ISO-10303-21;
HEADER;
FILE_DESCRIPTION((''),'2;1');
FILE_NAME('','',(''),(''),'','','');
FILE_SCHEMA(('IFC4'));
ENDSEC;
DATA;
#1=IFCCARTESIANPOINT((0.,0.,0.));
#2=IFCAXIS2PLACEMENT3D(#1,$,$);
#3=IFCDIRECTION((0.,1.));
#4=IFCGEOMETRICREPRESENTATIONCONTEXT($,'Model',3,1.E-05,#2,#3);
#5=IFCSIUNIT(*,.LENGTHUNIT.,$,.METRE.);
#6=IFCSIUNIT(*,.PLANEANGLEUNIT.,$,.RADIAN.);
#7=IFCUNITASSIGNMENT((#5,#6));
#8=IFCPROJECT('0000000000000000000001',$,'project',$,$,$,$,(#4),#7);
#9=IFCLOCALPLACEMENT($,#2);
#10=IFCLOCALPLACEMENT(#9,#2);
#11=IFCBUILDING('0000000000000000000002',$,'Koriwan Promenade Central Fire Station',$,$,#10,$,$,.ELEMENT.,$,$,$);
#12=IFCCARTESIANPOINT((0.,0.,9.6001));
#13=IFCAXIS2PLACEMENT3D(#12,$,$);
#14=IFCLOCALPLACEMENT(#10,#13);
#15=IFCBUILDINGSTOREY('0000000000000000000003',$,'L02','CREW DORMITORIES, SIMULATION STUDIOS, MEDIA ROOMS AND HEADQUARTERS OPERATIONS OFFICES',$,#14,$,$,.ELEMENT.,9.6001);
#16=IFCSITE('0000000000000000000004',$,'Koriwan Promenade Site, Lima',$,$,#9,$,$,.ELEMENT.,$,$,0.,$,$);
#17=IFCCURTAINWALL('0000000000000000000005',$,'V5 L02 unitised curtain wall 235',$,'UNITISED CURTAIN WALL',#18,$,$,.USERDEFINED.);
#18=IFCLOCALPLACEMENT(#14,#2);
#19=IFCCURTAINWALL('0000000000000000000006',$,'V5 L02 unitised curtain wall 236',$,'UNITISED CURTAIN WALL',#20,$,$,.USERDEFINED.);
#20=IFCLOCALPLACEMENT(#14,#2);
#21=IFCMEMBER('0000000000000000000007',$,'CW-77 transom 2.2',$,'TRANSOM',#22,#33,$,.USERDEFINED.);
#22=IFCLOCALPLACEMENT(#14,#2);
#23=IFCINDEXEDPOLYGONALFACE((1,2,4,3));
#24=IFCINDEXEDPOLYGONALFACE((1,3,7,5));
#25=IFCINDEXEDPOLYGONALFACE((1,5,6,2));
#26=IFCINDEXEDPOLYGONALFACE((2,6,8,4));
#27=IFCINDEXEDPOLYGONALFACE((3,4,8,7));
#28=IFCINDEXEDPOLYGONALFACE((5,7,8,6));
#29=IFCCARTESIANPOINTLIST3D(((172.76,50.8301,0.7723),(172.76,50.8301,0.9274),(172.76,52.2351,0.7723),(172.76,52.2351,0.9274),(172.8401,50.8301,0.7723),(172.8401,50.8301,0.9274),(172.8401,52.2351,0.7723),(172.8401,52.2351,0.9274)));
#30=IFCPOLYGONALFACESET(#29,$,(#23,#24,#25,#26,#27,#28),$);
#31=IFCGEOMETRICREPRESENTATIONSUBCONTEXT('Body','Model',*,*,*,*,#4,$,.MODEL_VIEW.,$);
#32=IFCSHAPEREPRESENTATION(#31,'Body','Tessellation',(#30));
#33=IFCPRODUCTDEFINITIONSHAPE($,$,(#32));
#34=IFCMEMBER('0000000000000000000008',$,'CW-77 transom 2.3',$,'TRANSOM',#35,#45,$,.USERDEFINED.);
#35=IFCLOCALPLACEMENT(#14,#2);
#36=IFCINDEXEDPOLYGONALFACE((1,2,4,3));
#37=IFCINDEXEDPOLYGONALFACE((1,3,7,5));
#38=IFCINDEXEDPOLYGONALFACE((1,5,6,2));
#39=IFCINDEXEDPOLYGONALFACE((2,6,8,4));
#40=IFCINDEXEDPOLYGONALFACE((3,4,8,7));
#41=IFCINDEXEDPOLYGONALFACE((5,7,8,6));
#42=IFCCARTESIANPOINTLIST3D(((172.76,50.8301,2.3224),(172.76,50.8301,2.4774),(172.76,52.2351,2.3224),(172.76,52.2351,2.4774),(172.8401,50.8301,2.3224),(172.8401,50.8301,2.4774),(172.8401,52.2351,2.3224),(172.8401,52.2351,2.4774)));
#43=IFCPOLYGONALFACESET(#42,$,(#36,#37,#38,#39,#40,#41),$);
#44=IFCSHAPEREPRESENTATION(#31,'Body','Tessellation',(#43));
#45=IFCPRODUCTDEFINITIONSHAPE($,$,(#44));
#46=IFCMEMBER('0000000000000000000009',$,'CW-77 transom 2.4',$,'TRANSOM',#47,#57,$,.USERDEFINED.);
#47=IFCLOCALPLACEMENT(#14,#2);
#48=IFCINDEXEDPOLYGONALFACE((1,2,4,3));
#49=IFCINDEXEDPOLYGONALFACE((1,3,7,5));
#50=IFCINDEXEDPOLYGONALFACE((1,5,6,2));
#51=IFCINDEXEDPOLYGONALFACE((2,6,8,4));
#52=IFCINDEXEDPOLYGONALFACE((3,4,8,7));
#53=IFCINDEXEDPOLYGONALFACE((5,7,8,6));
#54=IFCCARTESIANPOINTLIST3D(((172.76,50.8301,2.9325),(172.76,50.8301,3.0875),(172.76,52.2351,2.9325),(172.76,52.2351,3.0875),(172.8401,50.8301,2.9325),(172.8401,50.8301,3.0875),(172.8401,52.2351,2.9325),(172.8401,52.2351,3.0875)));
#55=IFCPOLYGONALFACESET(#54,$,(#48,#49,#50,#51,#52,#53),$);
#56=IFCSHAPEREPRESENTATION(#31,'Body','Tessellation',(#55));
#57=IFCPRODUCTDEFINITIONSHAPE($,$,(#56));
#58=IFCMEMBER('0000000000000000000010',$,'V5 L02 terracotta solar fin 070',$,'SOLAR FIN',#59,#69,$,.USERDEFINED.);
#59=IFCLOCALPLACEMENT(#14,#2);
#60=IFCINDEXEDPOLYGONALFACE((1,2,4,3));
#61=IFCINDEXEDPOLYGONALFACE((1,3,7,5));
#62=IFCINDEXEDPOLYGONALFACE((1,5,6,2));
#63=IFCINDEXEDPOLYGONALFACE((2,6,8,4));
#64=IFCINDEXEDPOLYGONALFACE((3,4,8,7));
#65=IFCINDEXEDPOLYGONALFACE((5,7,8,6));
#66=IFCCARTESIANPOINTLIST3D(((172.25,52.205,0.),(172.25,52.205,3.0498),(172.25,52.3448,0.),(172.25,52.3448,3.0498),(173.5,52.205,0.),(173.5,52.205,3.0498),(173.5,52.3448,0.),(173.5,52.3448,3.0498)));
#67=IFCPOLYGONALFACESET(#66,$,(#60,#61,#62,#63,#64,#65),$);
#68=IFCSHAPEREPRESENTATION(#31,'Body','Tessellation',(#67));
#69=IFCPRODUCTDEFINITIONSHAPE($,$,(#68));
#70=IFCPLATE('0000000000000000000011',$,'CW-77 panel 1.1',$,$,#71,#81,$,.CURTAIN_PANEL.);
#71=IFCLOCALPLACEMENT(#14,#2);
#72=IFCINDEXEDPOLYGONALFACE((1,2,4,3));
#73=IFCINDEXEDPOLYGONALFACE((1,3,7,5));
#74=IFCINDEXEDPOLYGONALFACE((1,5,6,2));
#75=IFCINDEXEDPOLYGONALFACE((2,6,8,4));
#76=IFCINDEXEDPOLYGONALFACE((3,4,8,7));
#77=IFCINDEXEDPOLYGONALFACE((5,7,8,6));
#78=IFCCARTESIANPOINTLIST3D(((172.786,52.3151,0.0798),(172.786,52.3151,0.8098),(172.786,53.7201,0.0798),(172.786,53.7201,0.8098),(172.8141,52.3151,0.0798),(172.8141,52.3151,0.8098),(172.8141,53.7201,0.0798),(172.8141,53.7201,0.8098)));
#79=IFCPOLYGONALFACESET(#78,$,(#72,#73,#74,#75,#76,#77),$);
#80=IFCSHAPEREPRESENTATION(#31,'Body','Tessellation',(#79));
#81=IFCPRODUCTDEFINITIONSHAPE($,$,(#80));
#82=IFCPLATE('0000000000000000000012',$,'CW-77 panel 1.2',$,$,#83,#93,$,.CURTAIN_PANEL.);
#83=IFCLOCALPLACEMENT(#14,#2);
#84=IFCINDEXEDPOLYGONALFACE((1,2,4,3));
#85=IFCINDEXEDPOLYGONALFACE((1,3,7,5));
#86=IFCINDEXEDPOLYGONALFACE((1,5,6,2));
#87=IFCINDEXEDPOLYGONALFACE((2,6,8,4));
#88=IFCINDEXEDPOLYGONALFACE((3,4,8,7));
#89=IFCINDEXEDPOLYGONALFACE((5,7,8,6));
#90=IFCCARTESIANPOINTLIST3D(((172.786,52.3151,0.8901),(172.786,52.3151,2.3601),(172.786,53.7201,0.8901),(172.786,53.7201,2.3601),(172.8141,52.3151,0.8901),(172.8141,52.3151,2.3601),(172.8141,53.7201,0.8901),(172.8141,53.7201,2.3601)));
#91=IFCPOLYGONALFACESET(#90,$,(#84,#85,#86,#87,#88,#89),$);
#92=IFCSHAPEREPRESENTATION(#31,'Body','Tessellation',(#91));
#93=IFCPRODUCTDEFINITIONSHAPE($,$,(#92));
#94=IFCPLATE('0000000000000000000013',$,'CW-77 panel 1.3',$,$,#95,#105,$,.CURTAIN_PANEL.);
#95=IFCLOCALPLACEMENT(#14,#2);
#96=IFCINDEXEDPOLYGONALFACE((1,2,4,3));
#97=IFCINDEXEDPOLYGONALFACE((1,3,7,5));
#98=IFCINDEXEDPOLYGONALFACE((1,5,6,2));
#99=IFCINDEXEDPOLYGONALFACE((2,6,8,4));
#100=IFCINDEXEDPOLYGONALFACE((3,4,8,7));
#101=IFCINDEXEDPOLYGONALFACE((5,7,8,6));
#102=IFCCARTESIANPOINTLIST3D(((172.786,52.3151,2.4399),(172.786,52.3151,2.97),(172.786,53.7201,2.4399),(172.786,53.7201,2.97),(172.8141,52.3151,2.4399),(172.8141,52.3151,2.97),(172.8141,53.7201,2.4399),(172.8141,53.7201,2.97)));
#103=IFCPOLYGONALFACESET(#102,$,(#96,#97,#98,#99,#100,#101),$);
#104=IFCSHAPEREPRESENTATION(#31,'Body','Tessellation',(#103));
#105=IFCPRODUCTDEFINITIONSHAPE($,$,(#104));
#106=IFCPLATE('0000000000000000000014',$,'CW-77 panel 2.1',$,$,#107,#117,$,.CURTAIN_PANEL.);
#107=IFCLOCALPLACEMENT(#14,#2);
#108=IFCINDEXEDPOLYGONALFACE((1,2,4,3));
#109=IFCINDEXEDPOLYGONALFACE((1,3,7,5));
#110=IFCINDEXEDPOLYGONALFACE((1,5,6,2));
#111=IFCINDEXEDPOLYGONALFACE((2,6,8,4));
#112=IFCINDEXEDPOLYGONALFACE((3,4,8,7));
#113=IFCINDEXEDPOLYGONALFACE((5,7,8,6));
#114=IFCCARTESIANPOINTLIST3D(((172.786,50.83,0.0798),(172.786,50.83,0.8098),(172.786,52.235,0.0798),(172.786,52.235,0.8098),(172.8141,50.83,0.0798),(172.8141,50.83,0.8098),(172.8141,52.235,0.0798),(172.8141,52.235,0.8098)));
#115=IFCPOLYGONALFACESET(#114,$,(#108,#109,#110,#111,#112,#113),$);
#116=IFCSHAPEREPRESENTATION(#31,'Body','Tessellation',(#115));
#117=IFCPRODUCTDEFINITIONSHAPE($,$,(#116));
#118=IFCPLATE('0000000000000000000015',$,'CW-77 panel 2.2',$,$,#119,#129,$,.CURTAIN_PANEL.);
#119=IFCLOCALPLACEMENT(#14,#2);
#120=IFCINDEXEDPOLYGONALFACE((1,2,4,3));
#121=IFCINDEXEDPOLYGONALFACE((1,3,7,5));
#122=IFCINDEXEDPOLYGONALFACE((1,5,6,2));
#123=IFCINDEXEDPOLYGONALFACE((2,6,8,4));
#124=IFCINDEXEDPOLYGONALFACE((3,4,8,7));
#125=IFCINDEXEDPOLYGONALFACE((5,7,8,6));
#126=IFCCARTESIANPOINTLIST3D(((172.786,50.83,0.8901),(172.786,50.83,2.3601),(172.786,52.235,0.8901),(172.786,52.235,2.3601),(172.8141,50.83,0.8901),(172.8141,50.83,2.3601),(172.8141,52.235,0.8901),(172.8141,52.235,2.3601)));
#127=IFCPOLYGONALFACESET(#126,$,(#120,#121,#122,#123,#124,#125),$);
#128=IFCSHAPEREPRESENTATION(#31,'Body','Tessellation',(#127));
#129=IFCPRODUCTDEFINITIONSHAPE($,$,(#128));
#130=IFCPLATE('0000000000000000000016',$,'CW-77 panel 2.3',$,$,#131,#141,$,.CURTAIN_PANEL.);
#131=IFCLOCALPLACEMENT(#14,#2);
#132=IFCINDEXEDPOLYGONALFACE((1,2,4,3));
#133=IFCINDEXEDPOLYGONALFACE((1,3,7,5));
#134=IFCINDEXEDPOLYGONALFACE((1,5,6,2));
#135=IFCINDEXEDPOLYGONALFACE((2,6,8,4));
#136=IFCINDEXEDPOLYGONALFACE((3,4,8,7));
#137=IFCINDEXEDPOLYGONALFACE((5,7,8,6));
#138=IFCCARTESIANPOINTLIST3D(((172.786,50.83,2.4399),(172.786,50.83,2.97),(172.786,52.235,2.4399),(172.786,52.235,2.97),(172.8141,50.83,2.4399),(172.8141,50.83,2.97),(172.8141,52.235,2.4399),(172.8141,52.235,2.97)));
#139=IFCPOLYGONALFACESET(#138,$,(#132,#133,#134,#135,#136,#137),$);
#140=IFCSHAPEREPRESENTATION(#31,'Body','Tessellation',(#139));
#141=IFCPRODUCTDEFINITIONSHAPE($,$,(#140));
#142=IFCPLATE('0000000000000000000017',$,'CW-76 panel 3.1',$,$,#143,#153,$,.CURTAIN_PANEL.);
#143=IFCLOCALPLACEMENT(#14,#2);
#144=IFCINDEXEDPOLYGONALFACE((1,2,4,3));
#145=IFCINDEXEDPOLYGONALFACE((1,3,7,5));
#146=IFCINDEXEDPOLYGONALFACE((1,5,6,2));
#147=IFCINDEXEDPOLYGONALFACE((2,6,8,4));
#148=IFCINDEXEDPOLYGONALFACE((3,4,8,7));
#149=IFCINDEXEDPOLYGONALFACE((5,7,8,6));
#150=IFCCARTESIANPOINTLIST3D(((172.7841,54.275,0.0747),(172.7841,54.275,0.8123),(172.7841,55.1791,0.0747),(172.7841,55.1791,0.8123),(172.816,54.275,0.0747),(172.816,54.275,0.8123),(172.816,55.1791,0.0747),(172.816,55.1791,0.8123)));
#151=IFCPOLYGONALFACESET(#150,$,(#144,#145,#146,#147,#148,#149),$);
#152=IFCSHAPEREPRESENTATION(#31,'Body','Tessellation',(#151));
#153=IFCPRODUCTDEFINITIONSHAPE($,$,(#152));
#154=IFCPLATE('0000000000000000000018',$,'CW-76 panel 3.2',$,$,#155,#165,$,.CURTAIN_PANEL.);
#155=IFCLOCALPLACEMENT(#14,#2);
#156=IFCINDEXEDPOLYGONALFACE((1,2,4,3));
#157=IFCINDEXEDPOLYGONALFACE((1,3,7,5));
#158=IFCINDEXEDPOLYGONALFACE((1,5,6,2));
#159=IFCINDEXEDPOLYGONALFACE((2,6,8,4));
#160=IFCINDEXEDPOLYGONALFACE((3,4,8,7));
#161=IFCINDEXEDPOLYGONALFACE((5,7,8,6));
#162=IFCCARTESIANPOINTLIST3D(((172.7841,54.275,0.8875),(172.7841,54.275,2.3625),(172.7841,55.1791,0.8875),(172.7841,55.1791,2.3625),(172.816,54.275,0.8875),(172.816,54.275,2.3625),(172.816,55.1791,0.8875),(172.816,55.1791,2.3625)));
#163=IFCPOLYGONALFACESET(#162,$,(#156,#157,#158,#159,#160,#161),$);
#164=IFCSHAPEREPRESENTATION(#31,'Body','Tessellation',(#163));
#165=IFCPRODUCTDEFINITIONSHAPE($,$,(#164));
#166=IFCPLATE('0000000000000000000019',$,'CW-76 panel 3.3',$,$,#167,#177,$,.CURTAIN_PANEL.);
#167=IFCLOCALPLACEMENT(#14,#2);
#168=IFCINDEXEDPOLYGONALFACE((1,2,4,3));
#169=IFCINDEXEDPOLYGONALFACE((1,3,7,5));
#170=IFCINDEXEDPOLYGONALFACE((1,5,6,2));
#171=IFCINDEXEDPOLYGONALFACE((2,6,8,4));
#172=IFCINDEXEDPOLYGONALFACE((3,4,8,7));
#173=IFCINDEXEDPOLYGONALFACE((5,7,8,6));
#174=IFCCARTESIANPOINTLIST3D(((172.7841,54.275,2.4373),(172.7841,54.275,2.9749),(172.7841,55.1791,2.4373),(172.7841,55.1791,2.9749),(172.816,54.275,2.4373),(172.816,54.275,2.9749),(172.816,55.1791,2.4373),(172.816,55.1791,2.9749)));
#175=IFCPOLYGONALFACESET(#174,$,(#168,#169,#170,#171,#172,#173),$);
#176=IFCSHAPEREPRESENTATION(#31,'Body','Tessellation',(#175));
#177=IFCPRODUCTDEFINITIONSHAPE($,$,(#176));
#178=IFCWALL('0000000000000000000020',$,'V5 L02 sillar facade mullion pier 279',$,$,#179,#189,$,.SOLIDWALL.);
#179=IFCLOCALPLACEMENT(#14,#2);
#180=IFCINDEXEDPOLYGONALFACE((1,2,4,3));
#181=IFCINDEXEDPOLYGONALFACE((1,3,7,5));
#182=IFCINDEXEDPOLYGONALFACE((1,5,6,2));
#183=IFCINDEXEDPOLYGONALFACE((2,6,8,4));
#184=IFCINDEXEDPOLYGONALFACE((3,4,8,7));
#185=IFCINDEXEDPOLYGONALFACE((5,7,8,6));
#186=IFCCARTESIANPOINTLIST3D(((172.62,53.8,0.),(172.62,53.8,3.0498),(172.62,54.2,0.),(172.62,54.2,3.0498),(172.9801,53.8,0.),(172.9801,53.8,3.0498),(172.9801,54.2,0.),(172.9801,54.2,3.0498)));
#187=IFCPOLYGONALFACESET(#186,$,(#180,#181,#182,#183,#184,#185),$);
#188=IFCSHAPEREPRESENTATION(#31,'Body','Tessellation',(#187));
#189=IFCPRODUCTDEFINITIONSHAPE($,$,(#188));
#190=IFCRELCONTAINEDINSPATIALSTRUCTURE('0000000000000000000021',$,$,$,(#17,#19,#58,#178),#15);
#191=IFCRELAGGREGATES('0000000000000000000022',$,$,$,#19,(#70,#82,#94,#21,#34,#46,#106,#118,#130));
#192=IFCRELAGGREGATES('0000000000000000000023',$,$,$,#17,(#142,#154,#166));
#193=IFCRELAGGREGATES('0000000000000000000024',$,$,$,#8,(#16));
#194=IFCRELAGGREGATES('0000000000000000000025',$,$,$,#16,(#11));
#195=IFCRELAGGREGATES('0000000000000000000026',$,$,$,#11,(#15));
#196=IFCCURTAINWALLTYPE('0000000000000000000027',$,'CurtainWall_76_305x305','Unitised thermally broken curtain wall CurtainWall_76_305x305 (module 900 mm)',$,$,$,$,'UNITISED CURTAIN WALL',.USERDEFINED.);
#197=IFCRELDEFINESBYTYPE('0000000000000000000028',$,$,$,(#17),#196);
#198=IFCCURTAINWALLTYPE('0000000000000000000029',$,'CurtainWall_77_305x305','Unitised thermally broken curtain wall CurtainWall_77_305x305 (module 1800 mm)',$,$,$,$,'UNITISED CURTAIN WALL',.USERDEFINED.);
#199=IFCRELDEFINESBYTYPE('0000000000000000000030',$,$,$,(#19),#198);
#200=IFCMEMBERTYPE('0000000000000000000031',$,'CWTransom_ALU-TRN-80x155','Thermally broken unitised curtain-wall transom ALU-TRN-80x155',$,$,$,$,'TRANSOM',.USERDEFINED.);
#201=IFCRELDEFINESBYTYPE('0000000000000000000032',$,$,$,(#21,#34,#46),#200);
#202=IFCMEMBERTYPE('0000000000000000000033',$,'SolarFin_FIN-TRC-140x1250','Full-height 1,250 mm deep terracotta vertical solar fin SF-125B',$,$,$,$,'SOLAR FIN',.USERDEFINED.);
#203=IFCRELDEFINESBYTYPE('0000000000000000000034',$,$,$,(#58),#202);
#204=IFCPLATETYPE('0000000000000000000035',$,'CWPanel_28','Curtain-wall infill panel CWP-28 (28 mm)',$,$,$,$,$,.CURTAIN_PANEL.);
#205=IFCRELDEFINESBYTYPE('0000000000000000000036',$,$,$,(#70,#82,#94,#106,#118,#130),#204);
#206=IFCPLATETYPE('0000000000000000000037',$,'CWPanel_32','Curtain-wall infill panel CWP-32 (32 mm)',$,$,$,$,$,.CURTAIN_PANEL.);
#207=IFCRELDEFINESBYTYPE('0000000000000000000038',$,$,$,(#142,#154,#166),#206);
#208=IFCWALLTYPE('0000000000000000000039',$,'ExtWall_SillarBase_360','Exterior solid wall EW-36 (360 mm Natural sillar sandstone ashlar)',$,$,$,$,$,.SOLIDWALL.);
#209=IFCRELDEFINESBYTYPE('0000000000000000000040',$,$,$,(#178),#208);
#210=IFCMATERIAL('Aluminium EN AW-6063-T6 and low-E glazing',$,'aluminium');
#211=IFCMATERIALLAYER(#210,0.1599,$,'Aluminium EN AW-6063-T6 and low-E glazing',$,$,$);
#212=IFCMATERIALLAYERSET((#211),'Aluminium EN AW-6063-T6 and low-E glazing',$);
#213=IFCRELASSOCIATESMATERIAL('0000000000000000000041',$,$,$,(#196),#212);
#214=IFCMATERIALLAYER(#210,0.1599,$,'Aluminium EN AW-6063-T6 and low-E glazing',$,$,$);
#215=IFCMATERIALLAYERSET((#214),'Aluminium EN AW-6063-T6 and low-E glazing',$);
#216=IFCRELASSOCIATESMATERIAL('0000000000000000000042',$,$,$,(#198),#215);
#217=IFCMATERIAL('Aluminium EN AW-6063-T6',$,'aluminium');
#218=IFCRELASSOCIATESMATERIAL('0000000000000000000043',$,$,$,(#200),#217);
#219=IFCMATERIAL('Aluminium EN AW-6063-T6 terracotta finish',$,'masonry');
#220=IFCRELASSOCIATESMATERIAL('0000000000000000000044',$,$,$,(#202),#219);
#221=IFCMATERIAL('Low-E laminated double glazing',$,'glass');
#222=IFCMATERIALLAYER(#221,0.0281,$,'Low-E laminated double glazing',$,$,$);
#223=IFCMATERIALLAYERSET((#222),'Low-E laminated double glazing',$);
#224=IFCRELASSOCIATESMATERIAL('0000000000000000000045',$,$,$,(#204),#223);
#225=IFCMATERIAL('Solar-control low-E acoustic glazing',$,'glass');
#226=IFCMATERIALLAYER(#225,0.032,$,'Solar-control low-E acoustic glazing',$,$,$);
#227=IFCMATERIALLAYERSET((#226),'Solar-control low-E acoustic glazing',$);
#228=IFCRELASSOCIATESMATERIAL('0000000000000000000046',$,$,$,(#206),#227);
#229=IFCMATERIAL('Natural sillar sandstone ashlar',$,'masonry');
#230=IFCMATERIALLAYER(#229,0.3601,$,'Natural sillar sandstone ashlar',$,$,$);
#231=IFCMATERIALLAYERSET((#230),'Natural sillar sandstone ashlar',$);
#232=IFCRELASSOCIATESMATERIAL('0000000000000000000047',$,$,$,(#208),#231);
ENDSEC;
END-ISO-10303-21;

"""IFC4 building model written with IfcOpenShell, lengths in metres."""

from ifc_helpers import new_model, si_unit, direction, frame, frame_2d, origin, origin_2d, place, context, subcontext, project, spatial, rectangle, extrude, material, layer, layer_set, material_profile, profile_set, type_object, element, aggregate, save


model = new_model("IFC4")

# Units and contexts
model_context = context("Model", 3, precision=1e-05, world=origin(), true_north=direction((0.0, 1.0)))
body_context = subcontext(model_context, "Body", "Model", "MODEL_VIEW")
ifc_project = project(units=[si_unit("LENGTHUNIT", "METRE"), si_unit("PLANEANGLEUNIT", "RADIAN")], contexts=[model_context])

# Site, building, storey
site_placement = place(None, origin())
site = spatial("IfcSite", under=ifc_project, at=site_placement, Name="Koriwan Promenade Site, Lima", CompositionType="ELEMENT", RefElevation=0.0)
building_placement = place(site_placement, origin())
building = spatial("IfcBuilding", under=site, at=building_placement, Name="Koriwan Promenade Central Fire Station", CompositionType="ELEMENT")
storey_placement = place(building_placement, frame((0.0, 0.0, 9.6001)))
storey = spatial("IfcBuildingStorey", under=building, at=storey_placement, Name="L02", Description="CREW DORMITORIES, SIMULATION STUDIOS, MEDIA ROOMS AND HEADQUARTERS OPERATIONS OFFICES", CompositionType="ELEMENT", Elevation=9.6001)

# Curtain wall
ifc_material_1 = material(Name="Aluminium EN AW-6063-T6 and low-E glazing", Category="aluminium")
ifc_layer_1 = layer(ifc_material_1, 0.1599, Name="Aluminium EN AW-6063-T6 and low-E glazing")
ifc_layer_set_1 = layer_set([ifc_layer_1], Name="Aluminium EN AW-6063-T6 and low-E glazing")
curtain_wall_type_1 = type_object("IfcCurtainWallType", Name="CurtainWall_76_305x305", Description="Unitised thermally broken curtain wall CurtainWall_76_305x305 (module 900 mm)", ElementType="UNITISED CURTAIN WALL", PredefinedType="USERDEFINED", material=ifc_layer_set_1)
curtain_wall_1_placement = place(storey_placement, origin())
curtain_wall_1 = element("IfcCurtainWall", 1, at=curtain_wall_1_placement, inside=storey, type_object=curtain_wall_type_1, Name="V5 L02 unitised curtain wall 235", ObjectType="UNITISED CURTAIN WALL", PredefinedType="USERDEFINED")
ifc_material_2 = material(Name="Aluminium EN AW-6063-T6", Category="aluminium")

# Curtain wall
ifc_layer_2 = layer(ifc_material_1, 0.1599, Name="Aluminium EN AW-6063-T6 and low-E glazing")
ifc_layer_set_2 = layer_set([ifc_layer_2], Name="Aluminium EN AW-6063-T6 and low-E glazing")
curtain_wall_type_2 = type_object("IfcCurtainWallType", Name="CurtainWall_77_305x305", Description="Unitised thermally broken curtain wall CurtainWall_77_305x305 (module 1800 mm)", ElementType="UNITISED CURTAIN WALL", PredefinedType="USERDEFINED", material=ifc_layer_set_2)
curtain_wall_2_placement = place(storey_placement, origin())
curtain_wall_2 = element("IfcCurtainWall", 2, at=curtain_wall_2_placement, inside=storey, type_object=curtain_wall_type_2, Name="V5 L02 unitised curtain wall 236", ObjectType="UNITISED CURTAIN WALL", PredefinedType="USERDEFINED")

# Members
ifc_material_profile_1 = material_profile(ifc_material_2, rectangle(XDim=0.0801, YDim=0.155, at=origin_2d()), Name="ALU-TRN-80x155")
ifc_profile_set_1 = profile_set([ifc_material_profile_1], Name="Aluminium EN AW-6063-T6")
member_type_1 = type_object("IfcMemberType", Name="CWTransom_ALU-TRN-80x155", Description="Thermally broken unitised curtain-wall transom ALU-TRN-80x155", ElementType="TRANSOM", PredefinedType="USERDEFINED", material=ifc_profile_set_1)
member_1_placement = place(storey_placement, frame((172.8, 52.2351, 0.8499), z_axis=(0.0, -1.0, 0.0), x_axis=(1.0, 0.0, 0.0)))
member_1 = element("IfcMember", 3, at=member_1_placement, type_object=member_type_1, Name="CW-77 transom 2.2", ObjectType="TRANSOM", PredefinedType="USERDEFINED", context=body_context, shape_type="SweptSolid", body=[
    extrude(rectangle(XDim=0.0801, YDim=0.155, at=origin_2d()), origin(), (0.0, 0.0, 1.0), 1.405),
])
member_2_placement = place(storey_placement, frame((172.8, 52.2351, 2.3999), z_axis=(0.0, -1.0, 0.0), x_axis=(1.0, 0.0, 0.0)))
member_2 = element("IfcMember", 4, at=member_2_placement, type_object=member_type_1, Name="CW-77 transom 2.3", ObjectType="TRANSOM", PredefinedType="USERDEFINED", context=body_context, shape_type="SweptSolid", body=[
    extrude(rectangle(XDim=0.0801, YDim=0.155, at=origin_2d()), origin(), (0.0, 0.0, 1.0), 1.405),
])
member_3_placement = place(storey_placement, frame((172.8, 52.2351, 3.01), z_axis=(0.0, -1.0, 0.0), x_axis=(1.0, 0.0, 0.0)))
member_3 = element("IfcMember", 5, at=member_3_placement, type_object=member_type_1, Name="CW-77 transom 2.4", ObjectType="TRANSOM", PredefinedType="USERDEFINED", context=body_context, shape_type="SweptSolid", body=[
    extrude(rectangle(XDim=0.0801, YDim=0.155, at=origin_2d()), origin(), (0.0, 0.0, 1.0), 1.405),
])
ifc_material_3 = material(Name="Aluminium EN AW-6063-T6 terracotta finish", Category="masonry")
ifc_material_profile_2 = material_profile(ifc_material_3, rectangle(XDim=0.1399, YDim=1.25, at=origin_2d()), Name="FIN-TRC-140x1250")
ifc_profile_set_2 = profile_set([ifc_material_profile_2], Name="Aluminium EN AW-6063-T6 terracotta finish")
member_type_2 = type_object("IfcMemberType", Name="SolarFin_FIN-TRC-140x1250", Description="Full-height 1,250 mm deep terracotta vertical solar fin SF-125B", ElementType="SOLAR FIN", PredefinedType="USERDEFINED", material=ifc_profile_set_2)
member_4_placement = place(storey_placement, frame((172.875, 52.2749, 0.0), z_axis=(0.0, 0.0, 1.0), x_axis=(0.0, -1.0, 0.0)))
element("IfcMember", 6, at=member_4_placement, inside=storey, type_object=member_type_2, Name="V5 L02 terracotta solar fin 070", ObjectType="SOLAR FIN", PredefinedType="USERDEFINED", context=body_context, shape_type="SweptSolid", body=[
    extrude(rectangle(XDim=0.1399, YDim=1.25, at=origin_2d()), origin(), (0.0, 0.0, 1.0), 3.0498),
])

# Plates
ifc_material_4 = material(Name="Low-E laminated double glazing", Category="glass")
ifc_layer_3 = layer(ifc_material_4, 0.0281, Name="Low-E laminated double glazing")
ifc_layer_set_3 = layer_set([ifc_layer_3], Name="Low-E laminated double glazing")
plate_type_1 = type_object("IfcPlateType", Name="CWPanel_28", Description="Curtain-wall infill panel CWP-28 (28 mm)", PredefinedType="CURTAIN_PANEL", material=ifc_layer_set_3)
plate_1_placement = place(storey_placement, frame((172.8, 53.0176, 0.0798), z_axis=(0.0, 0.0, 1.0), x_axis=(0.0, -1.0, 0.0)))
plate_1 = element("IfcPlate", 7, at=plate_1_placement, type_object=plate_type_1, Name="CW-77 panel 1.1", PredefinedType="CURTAIN_PANEL", context=body_context, shape_type="SweptSolid", body=[
    extrude(rectangle(XDim=1.405, YDim=0.0281, at=origin_2d()), origin(), (0.0, 0.0, 1.0), 0.73),
])
plate_2_placement = place(storey_placement, frame((172.8, 53.0176, 0.8901), z_axis=(0.0, 0.0, 1.0), x_axis=(0.0, -1.0, 0.0)))
plate_2 = element("IfcPlate", 8, at=plate_2_placement, type_object=plate_type_1, Name="CW-77 panel 1.2", PredefinedType="CURTAIN_PANEL", context=body_context, shape_type="SweptSolid", body=[
    extrude(rectangle(XDim=1.405, YDim=0.0281, at=origin_2d()), origin(), (0.0, 0.0, 1.0), 1.47),
])
plate_3_placement = place(storey_placement, frame((172.8, 53.0176, 2.4399), z_axis=(0.0, 0.0, 1.0), x_axis=(0.0, -1.0, 0.0)))
plate_3 = element("IfcPlate", 9, at=plate_3_placement, type_object=plate_type_1, Name="CW-77 panel 1.3", PredefinedType="CURTAIN_PANEL", context=body_context, shape_type="SweptSolid", body=[
    extrude(rectangle(XDim=1.405, YDim=0.0281, at=origin_2d()), origin(), (0.0, 0.0, 1.0), 0.53),
])
plate_4_placement = place(storey_placement, frame((172.8, 51.5325, 0.0798), z_axis=(0.0, 0.0, 1.0), x_axis=(0.0, -1.0, 0.0)))
plate_4 = element("IfcPlate", 10, at=plate_4_placement, type_object=plate_type_1, Name="CW-77 panel 2.1", PredefinedType="CURTAIN_PANEL", context=body_context, shape_type="SweptSolid", body=[
    extrude(rectangle(XDim=1.405, YDim=0.0281, at=origin_2d()), origin(), (0.0, 0.0, 1.0), 0.73),
])
plate_5_placement = place(storey_placement, frame((172.8, 51.5325, 0.8901), z_axis=(0.0, 0.0, 1.0), x_axis=(0.0, -1.0, 0.0)))
plate_5 = element("IfcPlate", 11, at=plate_5_placement, type_object=plate_type_1, Name="CW-77 panel 2.2", PredefinedType="CURTAIN_PANEL", context=body_context, shape_type="SweptSolid", body=[
    extrude(rectangle(XDim=1.405, YDim=0.0281, at=origin_2d()), origin(), (0.0, 0.0, 1.0), 1.47),
])
plate_6_placement = place(storey_placement, frame((172.8, 51.5325, 2.4399), z_axis=(0.0, 0.0, 1.0), x_axis=(0.0, -1.0, 0.0)))
plate_6 = element("IfcPlate", 12, at=plate_6_placement, type_object=plate_type_1, Name="CW-77 panel 2.3", PredefinedType="CURTAIN_PANEL", context=body_context, shape_type="SweptSolid", body=[
    extrude(rectangle(XDim=1.405, YDim=0.0281, at=origin_2d()), origin(), (0.0, 0.0, 1.0), 0.53),
])
aggregate(curtain_wall_2, [plate_1, plate_2, plate_3, member_1, member_2, member_3, plate_4, plate_5, plate_6])
ifc_material_5 = material(Name="Solar-control low-E acoustic glazing", Category="glass")
ifc_layer_4 = layer(ifc_material_5, 0.032, Name="Solar-control low-E acoustic glazing")
ifc_layer_set_4 = layer_set([ifc_layer_4], Name="Solar-control low-E acoustic glazing")
plate_type_2 = type_object("IfcPlateType", Name="CWPanel_32", Description="Curtain-wall infill panel CWP-32 (32 mm)", PredefinedType="CURTAIN_PANEL", material=ifc_layer_set_4)
plate_7_placement = place(storey_placement, frame((172.8, 54.7271, 0.0747), z_axis=(0.0, 0.0, 1.0), x_axis=(0.0, -1.0, 0.0)))
plate_7 = element("IfcPlate", 13, at=plate_7_placement, type_object=plate_type_2, Name="CW-76 panel 3.1", PredefinedType="CURTAIN_PANEL", context=body_context, shape_type="SweptSolid", body=[
    extrude(rectangle(XDim=0.9041, YDim=0.032, at=origin_2d()), origin(), (0.0, 0.0, 1.0), 0.7375),
])
plate_8_placement = place(storey_placement, frame((172.8, 54.7271, 0.8875), z_axis=(0.0, 0.0, 1.0), x_axis=(0.0, -1.0, 0.0)))
plate_8 = element("IfcPlate", 14, at=plate_8_placement, type_object=plate_type_2, Name="CW-76 panel 3.2", PredefinedType="CURTAIN_PANEL", context=body_context, shape_type="SweptSolid", body=[
    extrude(rectangle(XDim=0.9041, YDim=0.032, at=origin_2d()), origin(), (0.0, 0.0, 1.0), 1.4751),
])
plate_9_placement = place(storey_placement, frame((172.8, 54.7271, 2.4373), z_axis=(0.0, 0.0, 1.0), x_axis=(0.0, -1.0, 0.0)))
plate_9 = element("IfcPlate", 15, at=plate_9_placement, type_object=plate_type_2, Name="CW-76 panel 3.3", PredefinedType="CURTAIN_PANEL", context=body_context, shape_type="SweptSolid", body=[
    extrude(rectangle(XDim=0.9041, YDim=0.032, at=origin_2d()), origin(), (0.0, 0.0, 1.0), 0.5376),
])
aggregate(curtain_wall_1, [plate_7, plate_8, plate_9])

# Wall
ifc_material_6 = material(Name="Natural sillar sandstone ashlar", Category="masonry")
ifc_layer_5 = layer(ifc_material_6, 0.3601, Name="Natural sillar sandstone ashlar")
ifc_layer_set_5 = layer_set([ifc_layer_5], Name="Natural sillar sandstone ashlar")
wall_type = type_object("IfcWallType", Name="ExtWall_SillarBase_360", Description="Exterior solid wall EW-36 (360 mm Natural sillar sandstone ashlar)", PredefinedType="SOLIDWALL", material=ifc_layer_set_5)
wall_placement = place(storey_placement, frame((172.8, 54.2, 0.0), z_axis=(0.0, 0.0, 1.0), x_axis=(0.0, -1.0, 0.0)))
element("IfcWall", 16, at=wall_placement, inside=storey, type_object=wall_type, Name="V5 L02 sillar facade mullion pier 279", PredefinedType="SOLIDWALL", context=body_context, shape_type="SweptSolid", body=[
    extrude(rectangle(XDim=0.3999, YDim=0.3601, at=frame_2d((0.2, 0.0))), origin(), (0.0, 0.0, 1.0), 3.0498),
])

save(model, "model.ifc")
